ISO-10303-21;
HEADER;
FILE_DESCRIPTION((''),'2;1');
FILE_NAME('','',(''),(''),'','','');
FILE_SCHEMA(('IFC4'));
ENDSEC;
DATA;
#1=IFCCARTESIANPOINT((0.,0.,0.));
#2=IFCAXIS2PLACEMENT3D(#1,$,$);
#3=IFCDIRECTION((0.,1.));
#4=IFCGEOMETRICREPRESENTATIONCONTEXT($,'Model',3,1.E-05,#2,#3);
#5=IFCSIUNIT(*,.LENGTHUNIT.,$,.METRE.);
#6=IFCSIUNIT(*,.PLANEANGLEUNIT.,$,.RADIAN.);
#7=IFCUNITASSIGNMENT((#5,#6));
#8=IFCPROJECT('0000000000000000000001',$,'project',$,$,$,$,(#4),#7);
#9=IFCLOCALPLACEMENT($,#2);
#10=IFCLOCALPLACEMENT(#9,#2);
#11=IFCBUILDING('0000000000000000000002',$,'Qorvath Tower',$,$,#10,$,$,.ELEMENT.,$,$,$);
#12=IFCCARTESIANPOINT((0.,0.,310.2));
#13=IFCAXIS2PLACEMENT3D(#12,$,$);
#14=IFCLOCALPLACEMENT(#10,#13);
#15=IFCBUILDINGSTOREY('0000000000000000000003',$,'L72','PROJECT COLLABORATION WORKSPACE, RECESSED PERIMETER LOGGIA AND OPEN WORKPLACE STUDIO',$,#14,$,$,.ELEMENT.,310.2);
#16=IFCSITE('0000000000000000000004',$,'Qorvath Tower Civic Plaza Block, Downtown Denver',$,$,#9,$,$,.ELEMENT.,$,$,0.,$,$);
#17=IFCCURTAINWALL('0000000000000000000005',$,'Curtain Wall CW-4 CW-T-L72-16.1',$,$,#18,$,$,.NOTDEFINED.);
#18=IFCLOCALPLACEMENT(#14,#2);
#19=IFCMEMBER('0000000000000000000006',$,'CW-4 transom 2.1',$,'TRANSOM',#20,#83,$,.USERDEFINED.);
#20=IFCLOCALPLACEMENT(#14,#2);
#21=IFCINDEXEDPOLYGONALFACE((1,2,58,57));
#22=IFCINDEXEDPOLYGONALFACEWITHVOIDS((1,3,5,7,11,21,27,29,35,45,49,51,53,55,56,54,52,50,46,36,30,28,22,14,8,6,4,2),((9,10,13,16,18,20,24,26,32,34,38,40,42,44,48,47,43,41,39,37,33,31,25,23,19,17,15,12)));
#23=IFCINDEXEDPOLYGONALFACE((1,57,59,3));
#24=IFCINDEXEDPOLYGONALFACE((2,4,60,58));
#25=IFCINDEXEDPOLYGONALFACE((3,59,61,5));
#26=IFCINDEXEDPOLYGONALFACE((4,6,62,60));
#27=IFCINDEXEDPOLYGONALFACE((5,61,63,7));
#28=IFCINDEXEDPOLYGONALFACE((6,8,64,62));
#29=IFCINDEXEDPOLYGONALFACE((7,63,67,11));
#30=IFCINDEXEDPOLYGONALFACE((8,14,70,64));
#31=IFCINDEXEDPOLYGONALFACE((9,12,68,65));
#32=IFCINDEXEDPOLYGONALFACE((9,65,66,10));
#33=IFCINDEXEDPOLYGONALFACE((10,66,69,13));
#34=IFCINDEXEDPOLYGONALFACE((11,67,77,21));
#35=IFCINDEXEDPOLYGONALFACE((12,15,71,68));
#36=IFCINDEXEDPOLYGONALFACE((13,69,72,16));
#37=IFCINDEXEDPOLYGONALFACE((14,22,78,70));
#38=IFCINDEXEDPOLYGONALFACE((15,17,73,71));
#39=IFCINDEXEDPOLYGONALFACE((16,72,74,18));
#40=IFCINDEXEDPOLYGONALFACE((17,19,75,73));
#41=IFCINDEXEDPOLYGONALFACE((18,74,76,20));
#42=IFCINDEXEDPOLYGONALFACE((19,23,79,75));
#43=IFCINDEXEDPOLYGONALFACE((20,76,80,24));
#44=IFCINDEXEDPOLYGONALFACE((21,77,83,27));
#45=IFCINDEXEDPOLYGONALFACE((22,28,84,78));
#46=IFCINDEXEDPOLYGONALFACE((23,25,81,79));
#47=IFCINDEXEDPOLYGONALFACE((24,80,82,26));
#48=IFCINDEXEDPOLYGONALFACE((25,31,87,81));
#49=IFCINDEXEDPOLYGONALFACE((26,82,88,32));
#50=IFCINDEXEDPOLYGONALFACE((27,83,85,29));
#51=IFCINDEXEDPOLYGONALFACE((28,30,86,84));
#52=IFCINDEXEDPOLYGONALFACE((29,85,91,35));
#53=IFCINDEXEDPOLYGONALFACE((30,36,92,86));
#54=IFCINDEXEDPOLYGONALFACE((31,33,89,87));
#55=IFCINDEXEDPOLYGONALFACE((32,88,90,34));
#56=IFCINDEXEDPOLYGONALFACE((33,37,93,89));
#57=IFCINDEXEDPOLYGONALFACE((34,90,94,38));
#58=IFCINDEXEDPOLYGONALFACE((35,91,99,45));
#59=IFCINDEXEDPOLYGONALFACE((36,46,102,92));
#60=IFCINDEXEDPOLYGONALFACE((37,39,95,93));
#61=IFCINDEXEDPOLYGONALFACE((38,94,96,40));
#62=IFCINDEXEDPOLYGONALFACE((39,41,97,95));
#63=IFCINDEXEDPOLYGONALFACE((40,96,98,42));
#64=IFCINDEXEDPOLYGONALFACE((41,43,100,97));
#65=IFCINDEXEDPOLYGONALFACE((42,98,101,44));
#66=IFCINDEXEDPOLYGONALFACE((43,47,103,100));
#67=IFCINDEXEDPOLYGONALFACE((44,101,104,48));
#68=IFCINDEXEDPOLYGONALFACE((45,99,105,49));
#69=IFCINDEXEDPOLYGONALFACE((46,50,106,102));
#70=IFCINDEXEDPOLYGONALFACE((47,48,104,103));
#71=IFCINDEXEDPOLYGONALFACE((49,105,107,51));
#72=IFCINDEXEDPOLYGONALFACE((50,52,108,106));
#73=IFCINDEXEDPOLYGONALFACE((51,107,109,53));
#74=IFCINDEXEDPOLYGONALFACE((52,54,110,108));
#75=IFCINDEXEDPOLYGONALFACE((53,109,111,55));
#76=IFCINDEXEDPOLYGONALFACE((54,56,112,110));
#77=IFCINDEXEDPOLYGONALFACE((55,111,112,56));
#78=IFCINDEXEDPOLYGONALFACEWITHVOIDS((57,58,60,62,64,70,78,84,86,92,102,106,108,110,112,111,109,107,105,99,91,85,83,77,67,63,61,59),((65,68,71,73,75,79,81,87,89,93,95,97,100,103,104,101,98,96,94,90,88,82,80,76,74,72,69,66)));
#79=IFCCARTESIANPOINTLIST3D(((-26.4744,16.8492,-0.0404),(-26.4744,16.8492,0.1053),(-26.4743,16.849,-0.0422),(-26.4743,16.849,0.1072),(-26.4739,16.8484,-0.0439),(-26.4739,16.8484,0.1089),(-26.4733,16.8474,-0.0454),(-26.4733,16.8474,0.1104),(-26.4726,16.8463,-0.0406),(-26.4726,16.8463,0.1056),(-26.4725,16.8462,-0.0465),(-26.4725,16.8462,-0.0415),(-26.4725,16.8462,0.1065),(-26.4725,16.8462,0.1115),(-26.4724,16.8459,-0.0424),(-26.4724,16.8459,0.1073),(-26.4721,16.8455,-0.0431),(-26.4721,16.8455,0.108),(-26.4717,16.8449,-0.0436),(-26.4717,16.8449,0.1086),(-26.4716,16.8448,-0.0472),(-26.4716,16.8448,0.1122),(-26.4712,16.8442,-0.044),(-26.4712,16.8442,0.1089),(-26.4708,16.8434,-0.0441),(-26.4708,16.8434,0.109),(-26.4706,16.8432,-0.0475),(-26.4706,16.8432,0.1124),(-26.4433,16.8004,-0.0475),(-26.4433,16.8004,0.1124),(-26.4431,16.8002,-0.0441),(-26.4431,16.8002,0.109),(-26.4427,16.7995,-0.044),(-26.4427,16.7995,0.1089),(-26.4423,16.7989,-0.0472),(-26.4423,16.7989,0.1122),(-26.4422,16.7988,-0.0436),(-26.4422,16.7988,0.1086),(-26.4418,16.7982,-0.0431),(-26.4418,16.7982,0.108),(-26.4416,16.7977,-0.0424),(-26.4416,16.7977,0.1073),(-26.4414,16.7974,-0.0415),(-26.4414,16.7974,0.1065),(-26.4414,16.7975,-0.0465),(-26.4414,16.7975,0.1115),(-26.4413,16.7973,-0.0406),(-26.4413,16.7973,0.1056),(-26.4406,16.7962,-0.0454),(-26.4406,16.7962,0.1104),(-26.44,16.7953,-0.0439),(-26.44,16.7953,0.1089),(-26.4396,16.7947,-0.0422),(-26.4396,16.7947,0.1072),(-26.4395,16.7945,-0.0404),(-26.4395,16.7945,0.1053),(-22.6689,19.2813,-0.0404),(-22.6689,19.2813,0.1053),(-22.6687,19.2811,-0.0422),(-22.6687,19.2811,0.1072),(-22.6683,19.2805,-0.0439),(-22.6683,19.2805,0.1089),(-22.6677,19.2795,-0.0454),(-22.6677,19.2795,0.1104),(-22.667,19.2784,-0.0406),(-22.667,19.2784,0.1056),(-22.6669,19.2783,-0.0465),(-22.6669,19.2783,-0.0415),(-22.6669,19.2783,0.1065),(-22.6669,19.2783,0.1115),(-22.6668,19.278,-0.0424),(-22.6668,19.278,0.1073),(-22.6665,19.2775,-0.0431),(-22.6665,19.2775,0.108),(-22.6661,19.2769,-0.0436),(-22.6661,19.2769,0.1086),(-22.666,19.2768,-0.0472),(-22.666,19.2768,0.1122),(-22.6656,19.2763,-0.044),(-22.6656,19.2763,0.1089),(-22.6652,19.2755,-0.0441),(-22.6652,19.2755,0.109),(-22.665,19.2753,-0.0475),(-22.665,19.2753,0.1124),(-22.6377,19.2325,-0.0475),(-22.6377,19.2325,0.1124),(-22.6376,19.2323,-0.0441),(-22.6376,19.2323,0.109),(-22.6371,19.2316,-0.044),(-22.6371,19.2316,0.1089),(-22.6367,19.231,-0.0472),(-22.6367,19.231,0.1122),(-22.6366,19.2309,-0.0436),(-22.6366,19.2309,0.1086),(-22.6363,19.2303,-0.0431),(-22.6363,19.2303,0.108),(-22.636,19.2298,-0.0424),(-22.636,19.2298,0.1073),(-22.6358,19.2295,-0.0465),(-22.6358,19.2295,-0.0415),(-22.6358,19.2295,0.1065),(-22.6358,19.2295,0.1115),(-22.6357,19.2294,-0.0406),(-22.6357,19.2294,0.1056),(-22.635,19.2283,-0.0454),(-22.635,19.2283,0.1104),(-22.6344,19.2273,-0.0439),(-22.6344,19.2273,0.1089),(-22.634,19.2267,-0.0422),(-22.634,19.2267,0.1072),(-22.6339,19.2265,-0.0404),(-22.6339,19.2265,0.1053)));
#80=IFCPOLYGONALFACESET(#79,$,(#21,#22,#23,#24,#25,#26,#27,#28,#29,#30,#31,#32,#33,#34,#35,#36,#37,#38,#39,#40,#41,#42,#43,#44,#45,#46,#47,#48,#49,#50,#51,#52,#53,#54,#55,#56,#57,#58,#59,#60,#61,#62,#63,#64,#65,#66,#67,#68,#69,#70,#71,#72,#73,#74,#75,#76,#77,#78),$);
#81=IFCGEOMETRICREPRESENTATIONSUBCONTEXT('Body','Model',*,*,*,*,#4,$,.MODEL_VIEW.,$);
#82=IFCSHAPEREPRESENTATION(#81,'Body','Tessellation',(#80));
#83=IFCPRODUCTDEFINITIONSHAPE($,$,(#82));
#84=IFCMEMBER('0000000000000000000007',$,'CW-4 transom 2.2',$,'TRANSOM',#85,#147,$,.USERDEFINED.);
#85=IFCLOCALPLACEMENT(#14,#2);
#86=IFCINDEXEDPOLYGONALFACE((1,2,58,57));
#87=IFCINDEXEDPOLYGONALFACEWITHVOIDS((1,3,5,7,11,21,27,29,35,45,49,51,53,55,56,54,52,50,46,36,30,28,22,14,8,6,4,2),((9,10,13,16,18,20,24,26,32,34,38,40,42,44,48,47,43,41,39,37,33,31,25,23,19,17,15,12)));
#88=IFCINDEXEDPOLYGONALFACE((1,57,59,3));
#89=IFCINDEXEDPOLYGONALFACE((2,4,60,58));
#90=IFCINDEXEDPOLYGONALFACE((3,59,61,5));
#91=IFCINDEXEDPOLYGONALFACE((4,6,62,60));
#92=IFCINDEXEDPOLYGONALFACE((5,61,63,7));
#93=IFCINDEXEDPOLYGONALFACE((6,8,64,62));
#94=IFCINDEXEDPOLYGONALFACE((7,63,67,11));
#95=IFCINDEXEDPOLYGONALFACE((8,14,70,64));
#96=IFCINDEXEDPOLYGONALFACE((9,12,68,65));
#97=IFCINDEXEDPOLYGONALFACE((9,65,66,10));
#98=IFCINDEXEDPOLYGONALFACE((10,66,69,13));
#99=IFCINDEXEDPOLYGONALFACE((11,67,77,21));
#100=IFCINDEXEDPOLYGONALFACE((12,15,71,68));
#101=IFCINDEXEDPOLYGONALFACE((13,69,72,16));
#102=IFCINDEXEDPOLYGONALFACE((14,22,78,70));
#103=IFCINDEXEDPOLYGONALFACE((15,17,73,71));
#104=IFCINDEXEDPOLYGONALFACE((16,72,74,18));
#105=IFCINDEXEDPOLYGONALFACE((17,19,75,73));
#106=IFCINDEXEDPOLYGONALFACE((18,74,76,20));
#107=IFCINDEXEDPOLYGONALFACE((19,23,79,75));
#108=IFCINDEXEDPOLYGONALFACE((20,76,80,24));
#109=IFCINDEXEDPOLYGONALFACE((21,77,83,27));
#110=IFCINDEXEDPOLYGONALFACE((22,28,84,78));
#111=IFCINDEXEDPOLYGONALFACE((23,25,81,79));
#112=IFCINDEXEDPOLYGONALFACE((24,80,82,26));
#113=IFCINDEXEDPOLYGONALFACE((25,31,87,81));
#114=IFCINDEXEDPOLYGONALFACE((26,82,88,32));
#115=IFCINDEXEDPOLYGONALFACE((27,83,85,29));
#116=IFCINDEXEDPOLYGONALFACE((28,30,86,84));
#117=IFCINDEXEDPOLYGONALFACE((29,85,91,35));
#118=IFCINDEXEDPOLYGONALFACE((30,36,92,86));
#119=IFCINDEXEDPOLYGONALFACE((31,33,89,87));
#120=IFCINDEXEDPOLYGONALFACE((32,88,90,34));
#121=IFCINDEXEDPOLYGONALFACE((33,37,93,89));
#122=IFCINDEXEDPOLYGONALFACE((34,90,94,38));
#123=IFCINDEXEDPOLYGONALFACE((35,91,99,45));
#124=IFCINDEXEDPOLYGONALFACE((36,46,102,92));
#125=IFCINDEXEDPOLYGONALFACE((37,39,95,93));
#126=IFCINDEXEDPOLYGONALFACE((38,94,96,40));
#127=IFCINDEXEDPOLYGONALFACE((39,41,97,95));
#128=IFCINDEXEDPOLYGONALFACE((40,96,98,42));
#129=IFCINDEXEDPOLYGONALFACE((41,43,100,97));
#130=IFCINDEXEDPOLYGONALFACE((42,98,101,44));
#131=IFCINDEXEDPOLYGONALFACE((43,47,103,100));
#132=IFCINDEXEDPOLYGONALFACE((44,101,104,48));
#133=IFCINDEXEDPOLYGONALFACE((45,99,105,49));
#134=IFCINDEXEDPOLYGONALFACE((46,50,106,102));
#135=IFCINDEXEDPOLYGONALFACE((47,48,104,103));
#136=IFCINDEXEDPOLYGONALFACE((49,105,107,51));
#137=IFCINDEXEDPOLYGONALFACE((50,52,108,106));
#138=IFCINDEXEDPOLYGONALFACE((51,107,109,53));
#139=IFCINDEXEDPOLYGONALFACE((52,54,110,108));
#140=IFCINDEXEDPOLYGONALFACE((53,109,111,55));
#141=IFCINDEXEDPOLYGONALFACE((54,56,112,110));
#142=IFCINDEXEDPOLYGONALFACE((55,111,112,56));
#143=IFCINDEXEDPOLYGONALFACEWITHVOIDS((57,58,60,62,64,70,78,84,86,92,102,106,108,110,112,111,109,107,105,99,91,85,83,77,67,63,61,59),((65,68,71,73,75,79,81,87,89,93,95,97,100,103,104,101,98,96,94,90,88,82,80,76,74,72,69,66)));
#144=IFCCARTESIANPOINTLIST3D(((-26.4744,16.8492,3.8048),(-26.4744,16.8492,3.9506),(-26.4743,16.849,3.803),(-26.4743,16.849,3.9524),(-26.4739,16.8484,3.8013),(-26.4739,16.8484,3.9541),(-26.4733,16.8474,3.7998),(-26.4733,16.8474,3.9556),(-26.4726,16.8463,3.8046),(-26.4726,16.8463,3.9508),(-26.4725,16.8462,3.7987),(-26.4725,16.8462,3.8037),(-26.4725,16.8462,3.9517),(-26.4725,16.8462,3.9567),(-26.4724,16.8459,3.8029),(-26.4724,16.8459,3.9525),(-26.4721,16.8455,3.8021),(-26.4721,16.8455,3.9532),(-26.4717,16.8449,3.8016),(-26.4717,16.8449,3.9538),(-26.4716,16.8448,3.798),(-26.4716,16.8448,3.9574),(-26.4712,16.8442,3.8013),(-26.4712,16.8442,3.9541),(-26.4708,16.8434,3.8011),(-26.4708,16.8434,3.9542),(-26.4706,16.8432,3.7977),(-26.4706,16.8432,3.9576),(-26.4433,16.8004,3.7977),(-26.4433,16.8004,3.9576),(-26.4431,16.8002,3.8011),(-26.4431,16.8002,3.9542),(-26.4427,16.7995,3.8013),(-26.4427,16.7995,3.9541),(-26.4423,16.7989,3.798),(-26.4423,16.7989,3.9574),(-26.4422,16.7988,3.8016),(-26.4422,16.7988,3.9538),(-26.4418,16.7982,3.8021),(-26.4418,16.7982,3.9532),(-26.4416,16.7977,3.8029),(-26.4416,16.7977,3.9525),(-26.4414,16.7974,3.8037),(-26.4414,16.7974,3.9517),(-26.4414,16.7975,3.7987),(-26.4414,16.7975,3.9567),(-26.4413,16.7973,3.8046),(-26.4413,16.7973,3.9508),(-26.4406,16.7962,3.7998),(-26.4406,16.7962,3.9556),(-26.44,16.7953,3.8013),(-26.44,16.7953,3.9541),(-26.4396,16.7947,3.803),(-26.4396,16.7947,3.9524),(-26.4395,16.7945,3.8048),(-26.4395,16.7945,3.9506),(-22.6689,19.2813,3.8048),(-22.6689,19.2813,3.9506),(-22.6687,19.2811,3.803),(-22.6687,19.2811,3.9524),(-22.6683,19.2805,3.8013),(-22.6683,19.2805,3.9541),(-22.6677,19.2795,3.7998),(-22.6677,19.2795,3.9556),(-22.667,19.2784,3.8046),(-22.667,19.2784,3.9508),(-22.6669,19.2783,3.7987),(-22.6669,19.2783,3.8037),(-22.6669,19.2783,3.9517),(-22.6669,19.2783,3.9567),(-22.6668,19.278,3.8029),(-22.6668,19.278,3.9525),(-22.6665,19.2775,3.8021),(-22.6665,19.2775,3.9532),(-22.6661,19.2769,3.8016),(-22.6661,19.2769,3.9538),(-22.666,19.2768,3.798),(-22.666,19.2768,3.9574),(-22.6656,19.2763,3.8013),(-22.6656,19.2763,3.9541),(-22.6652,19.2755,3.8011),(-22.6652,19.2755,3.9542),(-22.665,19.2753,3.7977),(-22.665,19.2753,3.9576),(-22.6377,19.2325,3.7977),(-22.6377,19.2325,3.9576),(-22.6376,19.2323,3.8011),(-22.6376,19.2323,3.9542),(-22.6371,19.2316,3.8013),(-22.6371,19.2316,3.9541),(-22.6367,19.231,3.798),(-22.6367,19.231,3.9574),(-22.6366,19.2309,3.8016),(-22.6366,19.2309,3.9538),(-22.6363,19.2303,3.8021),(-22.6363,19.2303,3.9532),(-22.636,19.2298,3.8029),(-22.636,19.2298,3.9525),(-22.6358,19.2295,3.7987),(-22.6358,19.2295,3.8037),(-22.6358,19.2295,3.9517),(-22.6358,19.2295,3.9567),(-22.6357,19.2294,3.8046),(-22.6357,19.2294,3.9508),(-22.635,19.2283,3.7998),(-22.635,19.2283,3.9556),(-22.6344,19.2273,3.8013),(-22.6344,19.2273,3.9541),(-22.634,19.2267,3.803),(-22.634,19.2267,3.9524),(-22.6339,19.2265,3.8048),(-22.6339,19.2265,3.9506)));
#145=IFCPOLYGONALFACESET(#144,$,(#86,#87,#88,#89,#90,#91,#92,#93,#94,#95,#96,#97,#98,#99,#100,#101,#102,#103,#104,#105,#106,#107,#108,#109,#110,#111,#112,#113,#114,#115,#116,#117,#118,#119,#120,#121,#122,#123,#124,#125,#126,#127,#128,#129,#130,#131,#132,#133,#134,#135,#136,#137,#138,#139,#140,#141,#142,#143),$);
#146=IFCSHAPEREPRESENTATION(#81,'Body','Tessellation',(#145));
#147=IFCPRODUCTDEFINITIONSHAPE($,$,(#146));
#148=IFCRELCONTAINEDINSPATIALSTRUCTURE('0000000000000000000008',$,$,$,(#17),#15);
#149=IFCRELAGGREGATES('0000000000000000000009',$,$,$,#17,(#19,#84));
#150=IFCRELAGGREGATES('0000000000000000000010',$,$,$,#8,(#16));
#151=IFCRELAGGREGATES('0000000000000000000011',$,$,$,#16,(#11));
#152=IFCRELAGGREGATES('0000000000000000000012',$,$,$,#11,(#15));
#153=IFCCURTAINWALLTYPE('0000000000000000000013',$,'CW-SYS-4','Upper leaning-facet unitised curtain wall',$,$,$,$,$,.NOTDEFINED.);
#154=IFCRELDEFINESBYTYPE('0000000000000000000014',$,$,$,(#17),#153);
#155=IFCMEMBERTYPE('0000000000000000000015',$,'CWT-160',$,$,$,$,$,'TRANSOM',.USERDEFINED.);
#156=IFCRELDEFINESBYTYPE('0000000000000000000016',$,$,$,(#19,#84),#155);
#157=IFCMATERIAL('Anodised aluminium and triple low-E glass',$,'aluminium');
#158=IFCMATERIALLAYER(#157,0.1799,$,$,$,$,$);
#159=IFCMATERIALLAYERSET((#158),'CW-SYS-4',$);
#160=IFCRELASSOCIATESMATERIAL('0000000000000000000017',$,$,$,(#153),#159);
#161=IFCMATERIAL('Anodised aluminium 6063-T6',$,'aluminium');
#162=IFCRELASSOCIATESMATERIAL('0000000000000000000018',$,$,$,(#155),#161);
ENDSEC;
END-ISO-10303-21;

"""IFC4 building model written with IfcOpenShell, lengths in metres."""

from ifc_helpers import new_model, si_unit, direction, frame, origin, origin_2d, place, context, subcontext, project, spatial, hollow_rectangle, extrude, material, layer, layer_set, material_profile, profile_set, type_object, element, aggregate, save


model = new_model("IFC4")

# Units and contexts
model_context = context("Model", 3, precision=1e-05, world=origin(), true_north=direction((0.0, 1.0)))
body_context = subcontext(model_context, "Body", "Model", "MODEL_VIEW")
ifc_project = project(units=[si_unit("LENGTHUNIT", "METRE"), si_unit("PLANEANGLEUNIT", "RADIAN")], contexts=[model_context])

# Site, building, storey
site_placement = place(None, origin())
site = spatial("IfcSite", under=ifc_project, at=site_placement, Name="Qorvath Tower Civic Plaza Block, Downtown Denver", CompositionType="ELEMENT", RefElevation=0.0)
building_placement = place(site_placement, origin())
building = spatial("IfcBuilding", under=site, at=building_placement, Name="Qorvath Tower", CompositionType="ELEMENT")
storey_placement = place(building_placement, frame((0.0, 0.0, 310.2)))
storey = spatial("IfcBuildingStorey", under=building, at=storey_placement, Name="L72", Description="PROJECT COLLABORATION WORKSPACE, RECESSED PERIMETER LOGGIA AND OPEN WORKPLACE STUDIO", CompositionType="ELEMENT", Elevation=310.2)

# Curtain wall, members
ifc_material_1 = material(Name="Anodised aluminium and triple low-E glass", Category="aluminium")
ifc_layer_1 = layer(ifc_material_1, 0.1799)
ifc_layer_set_1 = layer_set([ifc_layer_1], Name="CW-SYS-4")
curtain_wall_type = type_object("IfcCurtainWallType", Name="CW-SYS-4", Description="Upper leaning-facet unitised curtain wall", PredefinedType="NOTDEFINED", material=ifc_layer_set_1)
curtain_wall_placement = place(storey_placement, origin())
curtain_wall = element("IfcCurtainWall", 1, at=curtain_wall_placement, inside=storey, type_object=curtain_wall_type, Name="Curtain Wall CW-4 CW-T-L72-16.1", PredefinedType="NOTDEFINED")
ifc_material_2 = material(Name="Anodised aluminium 6063-T6", Category="aluminium")
ifc_material_profile_1 = material_profile(ifc_material_2, hollow_rectangle(XDim=0.0649, YDim=0.1599, WallThickness=0.0034, InnerFilletRadius=0.0034, OuterFilletRadius=0.0071, at=origin_2d()), Name="CWT 160x65")
ifc_profile_set_1 = profile_set([ifc_material_profile_1], Name="Anodised aluminium 6063-T6")
member_type_1 = type_object("IfcMemberType", Name="CWT-160", ElementType="TRANSOM", PredefinedType="USERDEFINED", material=ifc_profile_set_1)
member_1_placement = place(storey_placement, frame((-22.6514, 19.2539, 0.0325), z_axis=(-0.842623, -0.538504, 0.0), x_axis=(0.538504, -0.842623, 0.0)))
member_1 = element("IfcMember", 2, at=member_1_placement, type_object=member_type_1, Name="CW-4 transom 2.1", ObjectType="TRANSOM", PredefinedType="USERDEFINED", context=body_context, shape_type="SweptSolid", body=[
    extrude(hollow_rectangle(XDim=0.0649, YDim=0.1599, WallThickness=0.0034, InnerFilletRadius=0.0034, OuterFilletRadius=0.0071, at=origin_2d()), origin(), (0.0, 0.0, 1.0), 4.5164),
])
member_2_placement = place(storey_placement, frame((-22.6514, 19.2539, 3.8777), z_axis=(-0.842623, -0.538504, 0.0), x_axis=(0.538504, -0.842623, 0.0)))
member_2 = element("IfcMember", 3, at=member_2_placement, type_object=member_type_1, Name="CW-4 transom 2.2", ObjectType="TRANSOM", PredefinedType="USERDEFINED", context=body_context, shape_type="SweptSolid", body=[
    extrude(hollow_rectangle(XDim=0.0649, YDim=0.1599, WallThickness=0.0034, InnerFilletRadius=0.0034, OuterFilletRadius=0.0071, at=origin_2d()), origin(), (0.0, 0.0, 1.0), 4.5164),
])
aggregate(curtain_wall, [member_1, member_2])

save(model, "model.ifc")
